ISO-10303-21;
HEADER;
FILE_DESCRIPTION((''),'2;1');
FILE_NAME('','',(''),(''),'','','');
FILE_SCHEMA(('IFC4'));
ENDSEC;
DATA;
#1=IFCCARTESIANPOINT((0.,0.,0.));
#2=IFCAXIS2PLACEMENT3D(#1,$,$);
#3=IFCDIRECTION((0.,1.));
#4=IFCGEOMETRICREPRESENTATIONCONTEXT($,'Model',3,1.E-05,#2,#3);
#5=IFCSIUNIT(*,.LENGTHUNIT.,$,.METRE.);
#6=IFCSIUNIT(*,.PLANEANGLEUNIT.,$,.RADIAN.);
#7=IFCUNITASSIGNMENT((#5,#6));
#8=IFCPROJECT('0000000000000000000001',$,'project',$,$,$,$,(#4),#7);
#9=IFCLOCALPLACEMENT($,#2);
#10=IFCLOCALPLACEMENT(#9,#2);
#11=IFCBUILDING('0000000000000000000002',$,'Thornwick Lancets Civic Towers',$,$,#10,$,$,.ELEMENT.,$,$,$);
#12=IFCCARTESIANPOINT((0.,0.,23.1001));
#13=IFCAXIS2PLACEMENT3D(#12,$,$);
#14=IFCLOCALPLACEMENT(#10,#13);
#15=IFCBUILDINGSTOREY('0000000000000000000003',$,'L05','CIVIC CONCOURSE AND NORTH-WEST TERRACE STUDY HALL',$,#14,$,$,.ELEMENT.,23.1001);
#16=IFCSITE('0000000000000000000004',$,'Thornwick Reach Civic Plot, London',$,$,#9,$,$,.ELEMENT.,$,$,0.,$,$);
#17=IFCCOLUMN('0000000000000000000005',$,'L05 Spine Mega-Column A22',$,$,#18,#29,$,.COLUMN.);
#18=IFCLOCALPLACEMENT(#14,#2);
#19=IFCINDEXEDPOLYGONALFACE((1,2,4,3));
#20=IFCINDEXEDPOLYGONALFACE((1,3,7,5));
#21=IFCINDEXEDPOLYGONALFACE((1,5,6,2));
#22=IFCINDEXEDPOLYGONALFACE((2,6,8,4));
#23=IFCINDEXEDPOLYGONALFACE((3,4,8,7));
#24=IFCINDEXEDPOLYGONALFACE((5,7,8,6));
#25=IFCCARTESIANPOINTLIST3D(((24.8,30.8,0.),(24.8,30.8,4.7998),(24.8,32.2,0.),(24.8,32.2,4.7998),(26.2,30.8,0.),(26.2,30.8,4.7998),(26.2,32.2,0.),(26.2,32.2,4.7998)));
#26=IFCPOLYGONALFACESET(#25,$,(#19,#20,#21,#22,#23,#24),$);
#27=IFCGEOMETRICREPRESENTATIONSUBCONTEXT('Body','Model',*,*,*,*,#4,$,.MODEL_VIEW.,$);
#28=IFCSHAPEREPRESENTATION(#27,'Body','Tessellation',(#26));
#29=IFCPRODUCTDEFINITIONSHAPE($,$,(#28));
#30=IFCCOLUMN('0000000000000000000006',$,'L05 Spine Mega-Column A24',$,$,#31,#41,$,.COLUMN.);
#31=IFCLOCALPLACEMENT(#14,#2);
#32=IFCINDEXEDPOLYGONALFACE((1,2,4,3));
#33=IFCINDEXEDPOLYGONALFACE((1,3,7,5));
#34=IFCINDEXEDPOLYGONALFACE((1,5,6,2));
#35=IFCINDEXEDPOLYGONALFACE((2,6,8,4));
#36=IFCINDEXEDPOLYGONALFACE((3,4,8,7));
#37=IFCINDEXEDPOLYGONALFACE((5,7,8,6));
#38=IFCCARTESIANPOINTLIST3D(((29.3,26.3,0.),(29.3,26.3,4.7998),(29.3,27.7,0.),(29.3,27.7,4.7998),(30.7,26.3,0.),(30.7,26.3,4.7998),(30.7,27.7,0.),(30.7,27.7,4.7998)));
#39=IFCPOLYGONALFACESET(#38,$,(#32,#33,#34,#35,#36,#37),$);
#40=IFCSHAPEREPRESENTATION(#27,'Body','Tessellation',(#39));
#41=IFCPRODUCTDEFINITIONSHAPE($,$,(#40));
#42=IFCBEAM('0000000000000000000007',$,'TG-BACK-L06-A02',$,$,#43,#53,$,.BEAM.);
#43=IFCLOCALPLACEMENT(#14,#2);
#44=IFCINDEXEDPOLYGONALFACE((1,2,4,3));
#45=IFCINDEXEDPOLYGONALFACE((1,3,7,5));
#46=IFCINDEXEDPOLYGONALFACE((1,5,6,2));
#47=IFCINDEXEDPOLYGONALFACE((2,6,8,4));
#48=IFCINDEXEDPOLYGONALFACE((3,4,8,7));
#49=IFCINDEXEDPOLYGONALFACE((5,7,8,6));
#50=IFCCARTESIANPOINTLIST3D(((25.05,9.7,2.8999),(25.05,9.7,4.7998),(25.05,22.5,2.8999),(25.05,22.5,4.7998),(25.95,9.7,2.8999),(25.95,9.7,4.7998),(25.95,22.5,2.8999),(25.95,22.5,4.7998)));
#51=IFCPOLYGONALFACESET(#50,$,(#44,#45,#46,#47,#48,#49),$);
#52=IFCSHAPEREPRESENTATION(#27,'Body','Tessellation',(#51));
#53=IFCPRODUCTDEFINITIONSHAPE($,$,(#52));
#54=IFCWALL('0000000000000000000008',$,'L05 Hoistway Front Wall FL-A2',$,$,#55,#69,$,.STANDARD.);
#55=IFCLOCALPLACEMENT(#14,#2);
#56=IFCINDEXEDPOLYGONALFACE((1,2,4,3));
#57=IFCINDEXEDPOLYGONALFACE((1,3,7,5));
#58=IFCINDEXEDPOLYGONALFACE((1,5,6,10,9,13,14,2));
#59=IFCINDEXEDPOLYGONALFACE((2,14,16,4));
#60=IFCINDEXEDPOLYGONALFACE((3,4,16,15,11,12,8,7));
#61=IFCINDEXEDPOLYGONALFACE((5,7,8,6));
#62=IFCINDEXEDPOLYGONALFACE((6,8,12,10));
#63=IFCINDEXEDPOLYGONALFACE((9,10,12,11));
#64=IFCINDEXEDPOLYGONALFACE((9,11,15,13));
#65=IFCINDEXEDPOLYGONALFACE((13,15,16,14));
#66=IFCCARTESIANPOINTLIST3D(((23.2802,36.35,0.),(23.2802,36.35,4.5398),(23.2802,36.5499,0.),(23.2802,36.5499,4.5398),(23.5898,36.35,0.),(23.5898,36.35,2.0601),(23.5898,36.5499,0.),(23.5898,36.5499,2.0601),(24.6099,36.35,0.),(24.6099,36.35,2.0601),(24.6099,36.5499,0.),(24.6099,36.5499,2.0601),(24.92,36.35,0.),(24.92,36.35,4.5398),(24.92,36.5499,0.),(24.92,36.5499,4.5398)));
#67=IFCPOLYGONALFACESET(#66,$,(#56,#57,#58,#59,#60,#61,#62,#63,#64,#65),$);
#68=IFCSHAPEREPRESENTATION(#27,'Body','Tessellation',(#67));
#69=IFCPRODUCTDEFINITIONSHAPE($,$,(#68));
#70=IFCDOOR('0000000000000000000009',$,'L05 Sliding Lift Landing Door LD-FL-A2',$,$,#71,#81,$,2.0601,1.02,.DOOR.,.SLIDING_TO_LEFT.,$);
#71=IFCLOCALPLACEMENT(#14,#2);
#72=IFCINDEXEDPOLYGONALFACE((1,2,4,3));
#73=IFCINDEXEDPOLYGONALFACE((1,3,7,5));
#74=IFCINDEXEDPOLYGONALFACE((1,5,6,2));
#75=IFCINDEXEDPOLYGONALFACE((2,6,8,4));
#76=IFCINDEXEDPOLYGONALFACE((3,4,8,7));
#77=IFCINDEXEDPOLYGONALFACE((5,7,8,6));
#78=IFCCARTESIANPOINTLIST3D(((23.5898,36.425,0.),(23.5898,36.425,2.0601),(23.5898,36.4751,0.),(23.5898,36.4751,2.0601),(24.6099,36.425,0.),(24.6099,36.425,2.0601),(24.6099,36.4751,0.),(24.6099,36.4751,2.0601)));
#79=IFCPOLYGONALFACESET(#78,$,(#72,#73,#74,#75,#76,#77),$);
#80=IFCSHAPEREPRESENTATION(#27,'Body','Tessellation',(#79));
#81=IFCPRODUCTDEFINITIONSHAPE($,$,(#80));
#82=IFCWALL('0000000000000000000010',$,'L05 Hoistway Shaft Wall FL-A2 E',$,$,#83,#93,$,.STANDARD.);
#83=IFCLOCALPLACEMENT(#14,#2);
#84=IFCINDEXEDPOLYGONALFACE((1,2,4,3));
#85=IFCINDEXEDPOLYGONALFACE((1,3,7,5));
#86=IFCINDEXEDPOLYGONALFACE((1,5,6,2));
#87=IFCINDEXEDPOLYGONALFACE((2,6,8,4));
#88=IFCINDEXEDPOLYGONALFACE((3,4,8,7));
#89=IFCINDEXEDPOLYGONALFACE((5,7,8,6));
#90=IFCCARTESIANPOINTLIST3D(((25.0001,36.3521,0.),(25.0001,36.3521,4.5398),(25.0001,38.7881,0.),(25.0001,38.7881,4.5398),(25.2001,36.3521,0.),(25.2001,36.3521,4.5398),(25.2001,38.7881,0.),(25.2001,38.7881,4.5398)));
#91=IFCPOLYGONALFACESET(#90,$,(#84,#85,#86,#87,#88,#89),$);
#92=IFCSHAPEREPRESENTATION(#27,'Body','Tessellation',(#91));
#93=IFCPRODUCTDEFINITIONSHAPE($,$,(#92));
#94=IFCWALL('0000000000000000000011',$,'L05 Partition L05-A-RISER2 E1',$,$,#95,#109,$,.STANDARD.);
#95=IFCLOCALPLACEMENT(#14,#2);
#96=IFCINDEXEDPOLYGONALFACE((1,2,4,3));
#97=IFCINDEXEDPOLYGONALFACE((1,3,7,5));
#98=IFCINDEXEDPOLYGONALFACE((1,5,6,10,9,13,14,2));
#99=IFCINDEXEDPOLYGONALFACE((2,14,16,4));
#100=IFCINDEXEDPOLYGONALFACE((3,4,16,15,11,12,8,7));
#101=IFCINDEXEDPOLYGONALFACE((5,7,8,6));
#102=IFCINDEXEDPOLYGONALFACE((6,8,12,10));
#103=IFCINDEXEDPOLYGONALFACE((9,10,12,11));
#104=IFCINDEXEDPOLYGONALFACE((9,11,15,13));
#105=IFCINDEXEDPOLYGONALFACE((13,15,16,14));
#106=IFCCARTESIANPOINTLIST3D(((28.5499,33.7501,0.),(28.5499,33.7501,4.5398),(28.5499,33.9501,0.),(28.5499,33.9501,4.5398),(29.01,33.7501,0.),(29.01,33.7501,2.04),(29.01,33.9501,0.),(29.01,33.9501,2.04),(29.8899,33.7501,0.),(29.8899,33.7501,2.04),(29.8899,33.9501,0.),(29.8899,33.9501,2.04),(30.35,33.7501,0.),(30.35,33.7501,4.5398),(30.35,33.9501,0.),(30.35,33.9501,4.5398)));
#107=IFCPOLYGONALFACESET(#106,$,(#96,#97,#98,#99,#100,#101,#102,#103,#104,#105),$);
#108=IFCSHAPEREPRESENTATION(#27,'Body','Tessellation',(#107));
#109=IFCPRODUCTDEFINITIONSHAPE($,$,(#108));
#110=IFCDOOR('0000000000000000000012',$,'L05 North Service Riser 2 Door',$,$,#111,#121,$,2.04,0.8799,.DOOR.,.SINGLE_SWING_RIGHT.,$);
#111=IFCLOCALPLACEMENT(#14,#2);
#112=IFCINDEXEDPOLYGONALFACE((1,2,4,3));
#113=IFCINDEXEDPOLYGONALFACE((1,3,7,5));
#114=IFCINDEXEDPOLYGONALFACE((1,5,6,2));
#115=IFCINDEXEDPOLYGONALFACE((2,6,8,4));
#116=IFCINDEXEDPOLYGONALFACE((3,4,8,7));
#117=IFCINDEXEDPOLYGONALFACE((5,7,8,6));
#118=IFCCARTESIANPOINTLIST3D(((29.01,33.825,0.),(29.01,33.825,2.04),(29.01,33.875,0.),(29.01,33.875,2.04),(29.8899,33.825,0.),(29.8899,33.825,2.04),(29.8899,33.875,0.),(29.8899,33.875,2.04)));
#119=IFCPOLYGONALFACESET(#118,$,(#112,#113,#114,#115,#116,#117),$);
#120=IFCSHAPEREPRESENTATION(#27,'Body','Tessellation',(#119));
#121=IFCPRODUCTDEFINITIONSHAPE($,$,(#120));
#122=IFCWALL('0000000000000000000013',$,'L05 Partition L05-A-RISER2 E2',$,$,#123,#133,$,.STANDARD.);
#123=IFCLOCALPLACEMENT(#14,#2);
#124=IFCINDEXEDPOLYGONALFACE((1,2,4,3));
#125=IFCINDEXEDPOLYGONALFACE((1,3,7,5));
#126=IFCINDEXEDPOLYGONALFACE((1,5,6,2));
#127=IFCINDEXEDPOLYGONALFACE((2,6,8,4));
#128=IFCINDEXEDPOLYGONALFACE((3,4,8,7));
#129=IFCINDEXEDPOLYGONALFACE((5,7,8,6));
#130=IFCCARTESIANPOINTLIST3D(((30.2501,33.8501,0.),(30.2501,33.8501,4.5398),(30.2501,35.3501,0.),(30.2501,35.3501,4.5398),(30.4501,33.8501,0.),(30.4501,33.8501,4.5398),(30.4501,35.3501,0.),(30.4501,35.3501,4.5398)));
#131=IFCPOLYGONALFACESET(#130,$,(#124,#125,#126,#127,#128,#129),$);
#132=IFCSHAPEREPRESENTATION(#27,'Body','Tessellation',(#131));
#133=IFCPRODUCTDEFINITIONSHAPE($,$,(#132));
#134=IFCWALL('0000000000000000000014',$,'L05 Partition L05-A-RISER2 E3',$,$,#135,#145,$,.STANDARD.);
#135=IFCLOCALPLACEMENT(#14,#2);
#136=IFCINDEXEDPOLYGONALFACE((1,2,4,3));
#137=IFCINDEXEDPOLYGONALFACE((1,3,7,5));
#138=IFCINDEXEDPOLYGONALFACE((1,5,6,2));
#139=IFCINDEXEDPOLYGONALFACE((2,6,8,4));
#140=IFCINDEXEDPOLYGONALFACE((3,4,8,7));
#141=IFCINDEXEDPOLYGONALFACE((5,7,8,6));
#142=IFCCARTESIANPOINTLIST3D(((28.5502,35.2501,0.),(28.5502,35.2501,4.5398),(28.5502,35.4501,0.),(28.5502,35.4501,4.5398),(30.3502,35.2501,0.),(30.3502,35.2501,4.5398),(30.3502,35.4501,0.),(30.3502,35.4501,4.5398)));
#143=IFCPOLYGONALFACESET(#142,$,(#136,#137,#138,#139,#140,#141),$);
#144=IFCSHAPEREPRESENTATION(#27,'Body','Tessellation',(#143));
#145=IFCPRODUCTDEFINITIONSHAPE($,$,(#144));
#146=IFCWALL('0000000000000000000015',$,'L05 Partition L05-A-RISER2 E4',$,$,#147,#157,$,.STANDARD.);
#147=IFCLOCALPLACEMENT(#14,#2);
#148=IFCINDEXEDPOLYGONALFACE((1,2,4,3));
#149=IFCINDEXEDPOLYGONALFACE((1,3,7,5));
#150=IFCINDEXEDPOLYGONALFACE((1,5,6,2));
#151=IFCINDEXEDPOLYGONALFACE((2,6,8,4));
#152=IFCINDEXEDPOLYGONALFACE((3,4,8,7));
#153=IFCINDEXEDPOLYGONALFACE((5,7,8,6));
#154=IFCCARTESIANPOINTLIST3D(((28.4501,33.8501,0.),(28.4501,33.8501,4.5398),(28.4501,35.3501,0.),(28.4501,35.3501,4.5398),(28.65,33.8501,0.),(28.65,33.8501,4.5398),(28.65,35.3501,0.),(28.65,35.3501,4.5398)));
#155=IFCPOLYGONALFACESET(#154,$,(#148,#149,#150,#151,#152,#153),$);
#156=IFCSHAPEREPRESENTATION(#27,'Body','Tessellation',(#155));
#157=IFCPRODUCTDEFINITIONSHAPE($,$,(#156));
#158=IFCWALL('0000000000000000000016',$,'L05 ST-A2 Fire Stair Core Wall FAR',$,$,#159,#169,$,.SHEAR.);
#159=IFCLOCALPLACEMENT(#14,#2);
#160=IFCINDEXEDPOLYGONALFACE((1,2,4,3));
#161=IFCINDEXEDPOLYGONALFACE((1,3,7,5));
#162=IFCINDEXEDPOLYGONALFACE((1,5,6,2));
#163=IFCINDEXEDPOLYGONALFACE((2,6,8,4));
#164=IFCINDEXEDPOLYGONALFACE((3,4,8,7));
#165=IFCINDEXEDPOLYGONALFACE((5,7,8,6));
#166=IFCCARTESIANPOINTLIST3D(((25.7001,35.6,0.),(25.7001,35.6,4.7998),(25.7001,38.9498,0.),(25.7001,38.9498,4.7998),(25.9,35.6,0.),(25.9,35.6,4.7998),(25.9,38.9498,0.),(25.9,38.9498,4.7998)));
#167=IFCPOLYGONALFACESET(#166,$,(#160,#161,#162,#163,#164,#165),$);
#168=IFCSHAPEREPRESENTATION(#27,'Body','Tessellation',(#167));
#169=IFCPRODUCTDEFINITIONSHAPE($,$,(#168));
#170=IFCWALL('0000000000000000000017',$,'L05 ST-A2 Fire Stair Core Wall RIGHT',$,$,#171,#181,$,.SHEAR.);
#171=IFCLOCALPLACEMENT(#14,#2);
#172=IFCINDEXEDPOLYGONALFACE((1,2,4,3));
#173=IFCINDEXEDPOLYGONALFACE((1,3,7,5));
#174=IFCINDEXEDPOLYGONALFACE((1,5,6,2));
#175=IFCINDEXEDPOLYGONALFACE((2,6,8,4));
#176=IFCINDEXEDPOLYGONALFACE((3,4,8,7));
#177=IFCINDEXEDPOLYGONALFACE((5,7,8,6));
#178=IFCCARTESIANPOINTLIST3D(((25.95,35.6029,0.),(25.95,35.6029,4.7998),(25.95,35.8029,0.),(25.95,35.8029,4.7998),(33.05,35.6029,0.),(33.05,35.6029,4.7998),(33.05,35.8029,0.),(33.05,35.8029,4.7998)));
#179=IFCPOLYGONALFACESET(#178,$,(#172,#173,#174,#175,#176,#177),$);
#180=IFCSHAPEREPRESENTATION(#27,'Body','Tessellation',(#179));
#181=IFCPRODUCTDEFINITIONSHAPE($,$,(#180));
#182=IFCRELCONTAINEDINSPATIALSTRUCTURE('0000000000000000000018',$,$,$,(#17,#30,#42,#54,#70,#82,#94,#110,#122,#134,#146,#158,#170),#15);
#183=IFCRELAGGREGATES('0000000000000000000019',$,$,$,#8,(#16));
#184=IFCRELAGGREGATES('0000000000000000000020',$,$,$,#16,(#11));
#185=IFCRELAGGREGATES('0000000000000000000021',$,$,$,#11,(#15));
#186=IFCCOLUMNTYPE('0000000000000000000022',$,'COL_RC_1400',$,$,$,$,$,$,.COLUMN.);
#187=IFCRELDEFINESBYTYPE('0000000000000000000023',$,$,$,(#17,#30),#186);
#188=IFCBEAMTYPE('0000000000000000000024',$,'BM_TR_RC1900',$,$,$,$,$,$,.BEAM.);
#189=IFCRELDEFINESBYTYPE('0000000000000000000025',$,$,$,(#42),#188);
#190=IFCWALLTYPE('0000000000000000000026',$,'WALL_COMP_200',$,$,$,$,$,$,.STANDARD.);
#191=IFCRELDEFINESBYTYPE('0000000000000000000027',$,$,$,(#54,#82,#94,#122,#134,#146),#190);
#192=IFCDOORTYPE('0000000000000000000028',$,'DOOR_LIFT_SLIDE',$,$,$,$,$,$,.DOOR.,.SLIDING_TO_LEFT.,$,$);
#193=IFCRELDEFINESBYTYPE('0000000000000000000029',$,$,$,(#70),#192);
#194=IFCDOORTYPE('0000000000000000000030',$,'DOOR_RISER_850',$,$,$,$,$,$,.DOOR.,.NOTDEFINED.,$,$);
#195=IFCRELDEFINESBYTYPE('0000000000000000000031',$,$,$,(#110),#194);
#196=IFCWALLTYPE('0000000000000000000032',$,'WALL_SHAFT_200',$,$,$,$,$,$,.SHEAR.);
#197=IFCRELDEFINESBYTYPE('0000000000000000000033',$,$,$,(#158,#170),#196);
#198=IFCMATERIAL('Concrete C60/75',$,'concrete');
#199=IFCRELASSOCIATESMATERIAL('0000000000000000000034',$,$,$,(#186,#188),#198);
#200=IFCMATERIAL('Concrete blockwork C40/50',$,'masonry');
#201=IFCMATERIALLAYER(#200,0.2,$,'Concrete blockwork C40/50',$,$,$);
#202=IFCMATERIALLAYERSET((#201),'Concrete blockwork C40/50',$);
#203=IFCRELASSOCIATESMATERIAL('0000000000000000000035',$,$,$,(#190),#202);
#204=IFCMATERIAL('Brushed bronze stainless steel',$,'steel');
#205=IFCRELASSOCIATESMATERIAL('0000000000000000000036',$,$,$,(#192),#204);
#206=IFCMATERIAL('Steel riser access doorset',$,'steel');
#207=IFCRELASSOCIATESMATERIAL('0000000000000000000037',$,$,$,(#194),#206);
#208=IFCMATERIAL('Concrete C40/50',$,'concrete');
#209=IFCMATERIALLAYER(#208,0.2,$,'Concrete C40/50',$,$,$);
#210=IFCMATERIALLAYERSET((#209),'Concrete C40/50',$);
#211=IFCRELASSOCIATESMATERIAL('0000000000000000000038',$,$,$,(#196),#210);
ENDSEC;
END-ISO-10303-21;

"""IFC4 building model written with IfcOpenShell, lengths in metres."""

from ifc_helpers import new_model, si_unit, direction, frame, frame_2d, origin, origin_2d, place, context, subcontext, project, spatial, rectangle, extrude, material, layer, layer_set, material_profile, profile_set, type_object, element, fill, save


model = new_model("IFC4")

# Units and contexts
model_context = context("Model", 3, precision=1e-05, world=origin(), true_north=direction((0.0, 1.0)))
body_context = subcontext(model_context, "Body", "Model", "MODEL_VIEW")
ifc_project = project(units=[si_unit("LENGTHUNIT", "METRE"), si_unit("PLANEANGLEUNIT", "RADIAN")], contexts=[model_context])

# Site, building, storey
site_placement = place(None, origin())
site = spatial("IfcSite", under=ifc_project, at=site_placement, Name="Thornwick Reach Civic Plot, London", CompositionType="ELEMENT", RefElevation=0.0)
building_placement = place(site_placement, origin())
building = spatial("IfcBuilding", under=site, at=building_placement, Name="Thornwick Lancets Civic Towers", CompositionType="ELEMENT")
storey_placement = place(building_placement, frame((0.0, 0.0, 23.1001)))
storey = spatial("IfcBuildingStorey", under=building, at=storey_placement, Name="L05", Description="CIVIC CONCOURSE AND NORTH-WEST TERRACE STUDY HALL", CompositionType="ELEMENT", Elevation=23.1001)

# Columns
ifc_material_1 = material(Name="Concrete C60/75", Category="concrete")
ifc_material_profile_1 = material_profile(ifc_material_1, rectangle(XDim=1.3999, YDim=1.3999, at=origin_2d()), Name="RC 1400x1400")
ifc_profile_set_1 = profile_set([ifc_material_profile_1], Name="Concrete C60/75")
column_type = type_object("IfcColumnType", Name="COL_RC_1400", PredefinedType="COLUMN", material=ifc_profile_set_1)
for number, where, z_axis, x_axis, name in (
    (1, (25.5, 31.5, 0.0), (0.0, 0.0, 1.0), (1.0, 0.0, 0.0), "L05 Spine Mega-Column A22"),
    (2, (30.0, 27.0, 0.0), (0.0, 0.0, 1.0), (1.0, 0.0, 0.0), "L05 Spine Mega-Column A24"),
):
    element("IfcColumn", number, at=place(storey_placement, frame(where, z_axis=z_axis, x_axis=x_axis)), inside=storey, type_object=column_type, Name=name, PredefinedType="COLUMN", context=body_context, shape_type="SweptSolid", body=[
        extrude(rectangle(XDim=1.3999, YDim=1.3999, at=origin_2d()), origin(), (0.0, 0.0, 1.0), 4.7998),
    ])

# Beam
ifc_material_profile_2 = material_profile(ifc_material_1, rectangle(XDim=0.8999, YDim=1.8999, at=origin_2d()), Name="RC 900x1900")
ifc_profile_set_2 = profile_set([ifc_material_profile_2], Name="Concrete C60/75")
beam_type = type_object("IfcBeamType", Name="BM_TR_RC1900", PredefinedType="BEAM", material=ifc_profile_set_2)
beam_placement = place(storey_placement, frame((25.5, 22.5, 3.8499), z_axis=(0.0, -1.0, 0.0), x_axis=(1.0, 0.0, 0.0)))
element("IfcBeam", 3, at=beam_placement, inside=storey, type_object=beam_type, Name="TG-BACK-L06-A02", PredefinedType="BEAM", context=body_context, shape_type="SweptSolid", body=[
    extrude(rectangle(XDim=0.8999, YDim=1.8999, at=origin_2d()), origin(), (0.0, 0.0, 1.0), 12.8),
])

# Wall, opening, door
ifc_material_2 = material(Name="Concrete blockwork C40/50", Category="masonry")
ifc_layer_1 = layer(ifc_material_2, 0.2, Name="Concrete blockwork C40/50")
ifc_layer_set_1 = layer_set([ifc_layer_1], Name="Concrete blockwork C40/50")
wall_type_1 = type_object("IfcWallType", Name="WALL_COMP_200", PredefinedType="STANDARD", material=ifc_layer_set_1)
wall_1_placement = place(storey_placement, frame((24.9199, 36.45, 0.0), z_axis=(0.0, 0.0, 1.0), x_axis=(-1.0, 0.0, 0.0)))
wall_1 = element("IfcWall", 4, at=wall_1_placement, inside=storey, type_object=wall_type_1, Name="L05 Hoistway Front Wall FL-A2", PredefinedType="STANDARD", context=body_context, shape_type="SweptSolid", body=[
    extrude(rectangle(XDim=1.6399, YDim=0.2, at=frame_2d((0.8198, 0.0))), origin(), (0.0, 0.0, 1.0), 4.5398),
])
opening_1_placement = place(wall_1_placement, frame((0.3101, 0.0, 0.0)))
opening_1 = element("IfcOpeningElement", 5, at=opening_1_placement, cuts=wall_1, PredefinedType="OPENING", context=body_context, shape_type="SweptSolid", body=[
    extrude(rectangle(XDim=1.02, YDim=2.0601, at=frame_2d((0.51, 1.03))), frame((0.0, 0.1099, 0.0), z_axis=(0.0, -1.0, 0.0), x_axis=(1.0, 0.0, 0.0)), (0.0, 0.0, 1.0), 0.22),
])
ifc_material_3 = material(Name="Brushed bronze stainless steel", Category="steel")
door_type_1 = type_object("IfcDoorType", Name="DOOR_LIFT_SLIDE", OperationType="SLIDING_TO_LEFT", PredefinedType="DOOR", material=ifc_material_3)
door_1_placement = place(opening_1_placement, origin())
door_1 = element("IfcDoor", 6, at=door_1_placement, inside=storey, type_object=door_type_1, Name="L05 Sliding Lift Landing Door LD-FL-A2", OperationType="SLIDING_TO_LEFT", OverallHeight=2.0601, OverallWidth=1.02, PredefinedType="DOOR", context=body_context, shape_type="SweptSolid", body=[
    extrude(rectangle(XDim=1.02, YDim=2.0601, at=frame_2d((0.51, 1.03))), frame((0.0, 0.0249, 0.0), z_axis=(0.0, -1.0, 0.0), x_axis=(1.0, 0.0, 0.0)), (0.0, 0.0, 1.0), 0.05),
])
fill(opening_1, door_1)

# Wall
wall_2_placement = place(storey_placement, frame((25.1001, 36.3521, 0.0), z_axis=(0.0, 0.0, 1.0), x_axis=(0.0, 1.0, 0.0)))
element("IfcWall", 7, at=wall_2_placement, inside=storey, type_object=wall_type_1, Name="L05 Hoistway Shaft Wall FL-A2 E", PredefinedType="STANDARD", context=body_context, shape_type="SweptSolid", body=[
    extrude(rectangle(XDim=2.436, YDim=0.2, at=frame_2d((1.218, 0.0))), origin(), (0.0, 0.0, 1.0), 4.5398),
])

# Wall, opening, door
wall_3_placement = place(storey_placement, frame((28.55, 33.8501, 0.0), z_axis=(0.0, 0.0, 1.0), x_axis=(1.0, 0.0, 0.0)))
wall_3 = element("IfcWall", 8, at=wall_3_placement, inside=storey, type_object=wall_type_1, Name="L05 Partition L05-A-RISER2 E1", PredefinedType="STANDARD", context=body_context, shape_type="SweptSolid", body=[
    extrude(rectangle(XDim=1.8, YDim=0.2, at=frame_2d((0.8999, 0.0))), origin(), (0.0, 0.0, 1.0), 4.5398),
])
opening_2_placement = place(wall_3_placement, frame((0.46, 0.0, 0.0)))
opening_2 = element("IfcOpeningElement", 9, at=opening_2_placement, cuts=wall_3, PredefinedType="OPENING", context=body_context, shape_type="SweptSolid", body=[
    extrude(rectangle(XDim=0.8799, YDim=2.04, at=frame_2d((0.4399, 1.02))), frame((0.0, 0.1099, 0.0), z_axis=(0.0, -1.0, 0.0), x_axis=(1.0, 0.0, 0.0)), (0.0, 0.0, 1.0), 0.22),
])
ifc_material_4 = material(Name="Steel riser access doorset", Category="steel")
door_type_2 = type_object("IfcDoorType", Name="DOOR_RISER_850", OperationType="NOTDEFINED", PredefinedType="DOOR", material=ifc_material_4)
door_2_placement = place(opening_2_placement, origin())
door_2 = element("IfcDoor", 10, at=door_2_placement, inside=storey, type_object=door_type_2, Name="L05 North Service Riser 2 Door", OperationType="SINGLE_SWING_RIGHT", OverallHeight=2.04, OverallWidth=0.8799, PredefinedType="DOOR", context=body_context, shape_type="SweptSolid", body=[
    extrude(rectangle(XDim=0.8799, YDim=2.04, at=frame_2d((0.4399, 1.02))), frame((0.0, 0.0249, 0.0), z_axis=(0.0, -1.0, 0.0), x_axis=(1.0, 0.0, 0.0)), (0.0, 0.0, 1.0), 0.05),
])
fill(opening_2, door_2)

# Walls
wall_4_placement = place(storey_placement, frame((30.3501, 33.8501, 0.0), z_axis=(0.0, 0.0, 1.0), x_axis=(0.0, 1.0, 0.0)))
element("IfcWall", 11, at=wall_4_placement, inside=storey, type_object=wall_type_1, Name="L05 Partition L05-A-RISER2 E2", PredefinedType="STANDARD", context=body_context, shape_type="SweptSolid", body=[
    extrude(rectangle(XDim=1.5, YDim=0.2, at=frame_2d((0.75, 0.0))), origin(), (0.0, 0.0, 1.0), 4.5398),
])
wall_5_placement = place(storey_placement, frame((30.3501, 35.3501, 0.0), z_axis=(0.0, 0.0, 1.0), x_axis=(-1.0, 0.0, 0.0)))
element("IfcWall", 12, at=wall_5_placement, inside=storey, type_object=wall_type_1, Name="L05 Partition L05-A-RISER2 E3", PredefinedType="STANDARD", context=body_context, shape_type="SweptSolid", body=[
    extrude(rectangle(XDim=1.8, YDim=0.2, at=frame_2d((0.8999, 0.0))), origin(), (0.0, 0.0, 1.0), 4.5398),
])
wall_6_placement = place(storey_placement, frame((28.55, 35.3501, 0.0), z_axis=(0.0, 0.0, 1.0), x_axis=(0.0, -1.0, 0.0)))
element("IfcWall", 13, at=wall_6_placement, inside=storey, type_object=wall_type_1, Name="L05 Partition L05-A-RISER2 E4", PredefinedType="STANDARD", context=body_context, shape_type="SweptSolid", body=[
    extrude(rectangle(XDim=1.5, YDim=0.2, at=frame_2d((0.75, 0.0))), origin(), (0.0, 0.0, 1.0), 4.5398),
])
ifc_material_5 = material(Name="Concrete C40/50", Category="concrete")
ifc_layer_2 = layer(ifc_material_5, 0.2, Name="Concrete C40/50")
ifc_layer_set_2 = layer_set([ifc_layer_2], Name="Concrete C40/50")
wall_type_2 = type_object("IfcWallType", Name="WALL_SHAFT_200", PredefinedType="SHEAR", material=ifc_layer_set_2)
wall_7_placement = place(storey_placement, frame((25.8, 35.6001, 0.0), z_axis=(0.0, 0.0, 1.0), x_axis=(0.0, 1.0, 0.0)))
element("IfcWall", 14, at=wall_7_placement, inside=storey, type_object=wall_type_2, Name="L05 ST-A2 Fire Stair Core Wall FAR", PredefinedType="SHEAR", context=body_context, shape_type="SweptSolid", body=[
    extrude(rectangle(XDim=3.3499, YDim=0.2, at=frame_2d((1.6748, 0.0))), origin(), (0.0, 0.0, 1.0), 4.7998),
])
wall_8_placement = place(storey_placement, frame((25.95, 35.7029, 0.0), z_axis=(0.0, 0.0, 1.0), x_axis=(1.0, 0.0, 0.0)))
element("IfcWall", 15, at=wall_8_placement, inside=storey, type_object=wall_type_2, Name="L05 ST-A2 Fire Stair Core Wall RIGHT", PredefinedType="SHEAR", context=body_context, shape_type="SweptSolid", body=[
    extrude(rectangle(XDim=7.1001, YDim=0.2, at=frame_2d((3.55, 0.0))), origin(), (0.0, 0.0, 1.0), 4.7998),
])

save(model, "model.ifc")
